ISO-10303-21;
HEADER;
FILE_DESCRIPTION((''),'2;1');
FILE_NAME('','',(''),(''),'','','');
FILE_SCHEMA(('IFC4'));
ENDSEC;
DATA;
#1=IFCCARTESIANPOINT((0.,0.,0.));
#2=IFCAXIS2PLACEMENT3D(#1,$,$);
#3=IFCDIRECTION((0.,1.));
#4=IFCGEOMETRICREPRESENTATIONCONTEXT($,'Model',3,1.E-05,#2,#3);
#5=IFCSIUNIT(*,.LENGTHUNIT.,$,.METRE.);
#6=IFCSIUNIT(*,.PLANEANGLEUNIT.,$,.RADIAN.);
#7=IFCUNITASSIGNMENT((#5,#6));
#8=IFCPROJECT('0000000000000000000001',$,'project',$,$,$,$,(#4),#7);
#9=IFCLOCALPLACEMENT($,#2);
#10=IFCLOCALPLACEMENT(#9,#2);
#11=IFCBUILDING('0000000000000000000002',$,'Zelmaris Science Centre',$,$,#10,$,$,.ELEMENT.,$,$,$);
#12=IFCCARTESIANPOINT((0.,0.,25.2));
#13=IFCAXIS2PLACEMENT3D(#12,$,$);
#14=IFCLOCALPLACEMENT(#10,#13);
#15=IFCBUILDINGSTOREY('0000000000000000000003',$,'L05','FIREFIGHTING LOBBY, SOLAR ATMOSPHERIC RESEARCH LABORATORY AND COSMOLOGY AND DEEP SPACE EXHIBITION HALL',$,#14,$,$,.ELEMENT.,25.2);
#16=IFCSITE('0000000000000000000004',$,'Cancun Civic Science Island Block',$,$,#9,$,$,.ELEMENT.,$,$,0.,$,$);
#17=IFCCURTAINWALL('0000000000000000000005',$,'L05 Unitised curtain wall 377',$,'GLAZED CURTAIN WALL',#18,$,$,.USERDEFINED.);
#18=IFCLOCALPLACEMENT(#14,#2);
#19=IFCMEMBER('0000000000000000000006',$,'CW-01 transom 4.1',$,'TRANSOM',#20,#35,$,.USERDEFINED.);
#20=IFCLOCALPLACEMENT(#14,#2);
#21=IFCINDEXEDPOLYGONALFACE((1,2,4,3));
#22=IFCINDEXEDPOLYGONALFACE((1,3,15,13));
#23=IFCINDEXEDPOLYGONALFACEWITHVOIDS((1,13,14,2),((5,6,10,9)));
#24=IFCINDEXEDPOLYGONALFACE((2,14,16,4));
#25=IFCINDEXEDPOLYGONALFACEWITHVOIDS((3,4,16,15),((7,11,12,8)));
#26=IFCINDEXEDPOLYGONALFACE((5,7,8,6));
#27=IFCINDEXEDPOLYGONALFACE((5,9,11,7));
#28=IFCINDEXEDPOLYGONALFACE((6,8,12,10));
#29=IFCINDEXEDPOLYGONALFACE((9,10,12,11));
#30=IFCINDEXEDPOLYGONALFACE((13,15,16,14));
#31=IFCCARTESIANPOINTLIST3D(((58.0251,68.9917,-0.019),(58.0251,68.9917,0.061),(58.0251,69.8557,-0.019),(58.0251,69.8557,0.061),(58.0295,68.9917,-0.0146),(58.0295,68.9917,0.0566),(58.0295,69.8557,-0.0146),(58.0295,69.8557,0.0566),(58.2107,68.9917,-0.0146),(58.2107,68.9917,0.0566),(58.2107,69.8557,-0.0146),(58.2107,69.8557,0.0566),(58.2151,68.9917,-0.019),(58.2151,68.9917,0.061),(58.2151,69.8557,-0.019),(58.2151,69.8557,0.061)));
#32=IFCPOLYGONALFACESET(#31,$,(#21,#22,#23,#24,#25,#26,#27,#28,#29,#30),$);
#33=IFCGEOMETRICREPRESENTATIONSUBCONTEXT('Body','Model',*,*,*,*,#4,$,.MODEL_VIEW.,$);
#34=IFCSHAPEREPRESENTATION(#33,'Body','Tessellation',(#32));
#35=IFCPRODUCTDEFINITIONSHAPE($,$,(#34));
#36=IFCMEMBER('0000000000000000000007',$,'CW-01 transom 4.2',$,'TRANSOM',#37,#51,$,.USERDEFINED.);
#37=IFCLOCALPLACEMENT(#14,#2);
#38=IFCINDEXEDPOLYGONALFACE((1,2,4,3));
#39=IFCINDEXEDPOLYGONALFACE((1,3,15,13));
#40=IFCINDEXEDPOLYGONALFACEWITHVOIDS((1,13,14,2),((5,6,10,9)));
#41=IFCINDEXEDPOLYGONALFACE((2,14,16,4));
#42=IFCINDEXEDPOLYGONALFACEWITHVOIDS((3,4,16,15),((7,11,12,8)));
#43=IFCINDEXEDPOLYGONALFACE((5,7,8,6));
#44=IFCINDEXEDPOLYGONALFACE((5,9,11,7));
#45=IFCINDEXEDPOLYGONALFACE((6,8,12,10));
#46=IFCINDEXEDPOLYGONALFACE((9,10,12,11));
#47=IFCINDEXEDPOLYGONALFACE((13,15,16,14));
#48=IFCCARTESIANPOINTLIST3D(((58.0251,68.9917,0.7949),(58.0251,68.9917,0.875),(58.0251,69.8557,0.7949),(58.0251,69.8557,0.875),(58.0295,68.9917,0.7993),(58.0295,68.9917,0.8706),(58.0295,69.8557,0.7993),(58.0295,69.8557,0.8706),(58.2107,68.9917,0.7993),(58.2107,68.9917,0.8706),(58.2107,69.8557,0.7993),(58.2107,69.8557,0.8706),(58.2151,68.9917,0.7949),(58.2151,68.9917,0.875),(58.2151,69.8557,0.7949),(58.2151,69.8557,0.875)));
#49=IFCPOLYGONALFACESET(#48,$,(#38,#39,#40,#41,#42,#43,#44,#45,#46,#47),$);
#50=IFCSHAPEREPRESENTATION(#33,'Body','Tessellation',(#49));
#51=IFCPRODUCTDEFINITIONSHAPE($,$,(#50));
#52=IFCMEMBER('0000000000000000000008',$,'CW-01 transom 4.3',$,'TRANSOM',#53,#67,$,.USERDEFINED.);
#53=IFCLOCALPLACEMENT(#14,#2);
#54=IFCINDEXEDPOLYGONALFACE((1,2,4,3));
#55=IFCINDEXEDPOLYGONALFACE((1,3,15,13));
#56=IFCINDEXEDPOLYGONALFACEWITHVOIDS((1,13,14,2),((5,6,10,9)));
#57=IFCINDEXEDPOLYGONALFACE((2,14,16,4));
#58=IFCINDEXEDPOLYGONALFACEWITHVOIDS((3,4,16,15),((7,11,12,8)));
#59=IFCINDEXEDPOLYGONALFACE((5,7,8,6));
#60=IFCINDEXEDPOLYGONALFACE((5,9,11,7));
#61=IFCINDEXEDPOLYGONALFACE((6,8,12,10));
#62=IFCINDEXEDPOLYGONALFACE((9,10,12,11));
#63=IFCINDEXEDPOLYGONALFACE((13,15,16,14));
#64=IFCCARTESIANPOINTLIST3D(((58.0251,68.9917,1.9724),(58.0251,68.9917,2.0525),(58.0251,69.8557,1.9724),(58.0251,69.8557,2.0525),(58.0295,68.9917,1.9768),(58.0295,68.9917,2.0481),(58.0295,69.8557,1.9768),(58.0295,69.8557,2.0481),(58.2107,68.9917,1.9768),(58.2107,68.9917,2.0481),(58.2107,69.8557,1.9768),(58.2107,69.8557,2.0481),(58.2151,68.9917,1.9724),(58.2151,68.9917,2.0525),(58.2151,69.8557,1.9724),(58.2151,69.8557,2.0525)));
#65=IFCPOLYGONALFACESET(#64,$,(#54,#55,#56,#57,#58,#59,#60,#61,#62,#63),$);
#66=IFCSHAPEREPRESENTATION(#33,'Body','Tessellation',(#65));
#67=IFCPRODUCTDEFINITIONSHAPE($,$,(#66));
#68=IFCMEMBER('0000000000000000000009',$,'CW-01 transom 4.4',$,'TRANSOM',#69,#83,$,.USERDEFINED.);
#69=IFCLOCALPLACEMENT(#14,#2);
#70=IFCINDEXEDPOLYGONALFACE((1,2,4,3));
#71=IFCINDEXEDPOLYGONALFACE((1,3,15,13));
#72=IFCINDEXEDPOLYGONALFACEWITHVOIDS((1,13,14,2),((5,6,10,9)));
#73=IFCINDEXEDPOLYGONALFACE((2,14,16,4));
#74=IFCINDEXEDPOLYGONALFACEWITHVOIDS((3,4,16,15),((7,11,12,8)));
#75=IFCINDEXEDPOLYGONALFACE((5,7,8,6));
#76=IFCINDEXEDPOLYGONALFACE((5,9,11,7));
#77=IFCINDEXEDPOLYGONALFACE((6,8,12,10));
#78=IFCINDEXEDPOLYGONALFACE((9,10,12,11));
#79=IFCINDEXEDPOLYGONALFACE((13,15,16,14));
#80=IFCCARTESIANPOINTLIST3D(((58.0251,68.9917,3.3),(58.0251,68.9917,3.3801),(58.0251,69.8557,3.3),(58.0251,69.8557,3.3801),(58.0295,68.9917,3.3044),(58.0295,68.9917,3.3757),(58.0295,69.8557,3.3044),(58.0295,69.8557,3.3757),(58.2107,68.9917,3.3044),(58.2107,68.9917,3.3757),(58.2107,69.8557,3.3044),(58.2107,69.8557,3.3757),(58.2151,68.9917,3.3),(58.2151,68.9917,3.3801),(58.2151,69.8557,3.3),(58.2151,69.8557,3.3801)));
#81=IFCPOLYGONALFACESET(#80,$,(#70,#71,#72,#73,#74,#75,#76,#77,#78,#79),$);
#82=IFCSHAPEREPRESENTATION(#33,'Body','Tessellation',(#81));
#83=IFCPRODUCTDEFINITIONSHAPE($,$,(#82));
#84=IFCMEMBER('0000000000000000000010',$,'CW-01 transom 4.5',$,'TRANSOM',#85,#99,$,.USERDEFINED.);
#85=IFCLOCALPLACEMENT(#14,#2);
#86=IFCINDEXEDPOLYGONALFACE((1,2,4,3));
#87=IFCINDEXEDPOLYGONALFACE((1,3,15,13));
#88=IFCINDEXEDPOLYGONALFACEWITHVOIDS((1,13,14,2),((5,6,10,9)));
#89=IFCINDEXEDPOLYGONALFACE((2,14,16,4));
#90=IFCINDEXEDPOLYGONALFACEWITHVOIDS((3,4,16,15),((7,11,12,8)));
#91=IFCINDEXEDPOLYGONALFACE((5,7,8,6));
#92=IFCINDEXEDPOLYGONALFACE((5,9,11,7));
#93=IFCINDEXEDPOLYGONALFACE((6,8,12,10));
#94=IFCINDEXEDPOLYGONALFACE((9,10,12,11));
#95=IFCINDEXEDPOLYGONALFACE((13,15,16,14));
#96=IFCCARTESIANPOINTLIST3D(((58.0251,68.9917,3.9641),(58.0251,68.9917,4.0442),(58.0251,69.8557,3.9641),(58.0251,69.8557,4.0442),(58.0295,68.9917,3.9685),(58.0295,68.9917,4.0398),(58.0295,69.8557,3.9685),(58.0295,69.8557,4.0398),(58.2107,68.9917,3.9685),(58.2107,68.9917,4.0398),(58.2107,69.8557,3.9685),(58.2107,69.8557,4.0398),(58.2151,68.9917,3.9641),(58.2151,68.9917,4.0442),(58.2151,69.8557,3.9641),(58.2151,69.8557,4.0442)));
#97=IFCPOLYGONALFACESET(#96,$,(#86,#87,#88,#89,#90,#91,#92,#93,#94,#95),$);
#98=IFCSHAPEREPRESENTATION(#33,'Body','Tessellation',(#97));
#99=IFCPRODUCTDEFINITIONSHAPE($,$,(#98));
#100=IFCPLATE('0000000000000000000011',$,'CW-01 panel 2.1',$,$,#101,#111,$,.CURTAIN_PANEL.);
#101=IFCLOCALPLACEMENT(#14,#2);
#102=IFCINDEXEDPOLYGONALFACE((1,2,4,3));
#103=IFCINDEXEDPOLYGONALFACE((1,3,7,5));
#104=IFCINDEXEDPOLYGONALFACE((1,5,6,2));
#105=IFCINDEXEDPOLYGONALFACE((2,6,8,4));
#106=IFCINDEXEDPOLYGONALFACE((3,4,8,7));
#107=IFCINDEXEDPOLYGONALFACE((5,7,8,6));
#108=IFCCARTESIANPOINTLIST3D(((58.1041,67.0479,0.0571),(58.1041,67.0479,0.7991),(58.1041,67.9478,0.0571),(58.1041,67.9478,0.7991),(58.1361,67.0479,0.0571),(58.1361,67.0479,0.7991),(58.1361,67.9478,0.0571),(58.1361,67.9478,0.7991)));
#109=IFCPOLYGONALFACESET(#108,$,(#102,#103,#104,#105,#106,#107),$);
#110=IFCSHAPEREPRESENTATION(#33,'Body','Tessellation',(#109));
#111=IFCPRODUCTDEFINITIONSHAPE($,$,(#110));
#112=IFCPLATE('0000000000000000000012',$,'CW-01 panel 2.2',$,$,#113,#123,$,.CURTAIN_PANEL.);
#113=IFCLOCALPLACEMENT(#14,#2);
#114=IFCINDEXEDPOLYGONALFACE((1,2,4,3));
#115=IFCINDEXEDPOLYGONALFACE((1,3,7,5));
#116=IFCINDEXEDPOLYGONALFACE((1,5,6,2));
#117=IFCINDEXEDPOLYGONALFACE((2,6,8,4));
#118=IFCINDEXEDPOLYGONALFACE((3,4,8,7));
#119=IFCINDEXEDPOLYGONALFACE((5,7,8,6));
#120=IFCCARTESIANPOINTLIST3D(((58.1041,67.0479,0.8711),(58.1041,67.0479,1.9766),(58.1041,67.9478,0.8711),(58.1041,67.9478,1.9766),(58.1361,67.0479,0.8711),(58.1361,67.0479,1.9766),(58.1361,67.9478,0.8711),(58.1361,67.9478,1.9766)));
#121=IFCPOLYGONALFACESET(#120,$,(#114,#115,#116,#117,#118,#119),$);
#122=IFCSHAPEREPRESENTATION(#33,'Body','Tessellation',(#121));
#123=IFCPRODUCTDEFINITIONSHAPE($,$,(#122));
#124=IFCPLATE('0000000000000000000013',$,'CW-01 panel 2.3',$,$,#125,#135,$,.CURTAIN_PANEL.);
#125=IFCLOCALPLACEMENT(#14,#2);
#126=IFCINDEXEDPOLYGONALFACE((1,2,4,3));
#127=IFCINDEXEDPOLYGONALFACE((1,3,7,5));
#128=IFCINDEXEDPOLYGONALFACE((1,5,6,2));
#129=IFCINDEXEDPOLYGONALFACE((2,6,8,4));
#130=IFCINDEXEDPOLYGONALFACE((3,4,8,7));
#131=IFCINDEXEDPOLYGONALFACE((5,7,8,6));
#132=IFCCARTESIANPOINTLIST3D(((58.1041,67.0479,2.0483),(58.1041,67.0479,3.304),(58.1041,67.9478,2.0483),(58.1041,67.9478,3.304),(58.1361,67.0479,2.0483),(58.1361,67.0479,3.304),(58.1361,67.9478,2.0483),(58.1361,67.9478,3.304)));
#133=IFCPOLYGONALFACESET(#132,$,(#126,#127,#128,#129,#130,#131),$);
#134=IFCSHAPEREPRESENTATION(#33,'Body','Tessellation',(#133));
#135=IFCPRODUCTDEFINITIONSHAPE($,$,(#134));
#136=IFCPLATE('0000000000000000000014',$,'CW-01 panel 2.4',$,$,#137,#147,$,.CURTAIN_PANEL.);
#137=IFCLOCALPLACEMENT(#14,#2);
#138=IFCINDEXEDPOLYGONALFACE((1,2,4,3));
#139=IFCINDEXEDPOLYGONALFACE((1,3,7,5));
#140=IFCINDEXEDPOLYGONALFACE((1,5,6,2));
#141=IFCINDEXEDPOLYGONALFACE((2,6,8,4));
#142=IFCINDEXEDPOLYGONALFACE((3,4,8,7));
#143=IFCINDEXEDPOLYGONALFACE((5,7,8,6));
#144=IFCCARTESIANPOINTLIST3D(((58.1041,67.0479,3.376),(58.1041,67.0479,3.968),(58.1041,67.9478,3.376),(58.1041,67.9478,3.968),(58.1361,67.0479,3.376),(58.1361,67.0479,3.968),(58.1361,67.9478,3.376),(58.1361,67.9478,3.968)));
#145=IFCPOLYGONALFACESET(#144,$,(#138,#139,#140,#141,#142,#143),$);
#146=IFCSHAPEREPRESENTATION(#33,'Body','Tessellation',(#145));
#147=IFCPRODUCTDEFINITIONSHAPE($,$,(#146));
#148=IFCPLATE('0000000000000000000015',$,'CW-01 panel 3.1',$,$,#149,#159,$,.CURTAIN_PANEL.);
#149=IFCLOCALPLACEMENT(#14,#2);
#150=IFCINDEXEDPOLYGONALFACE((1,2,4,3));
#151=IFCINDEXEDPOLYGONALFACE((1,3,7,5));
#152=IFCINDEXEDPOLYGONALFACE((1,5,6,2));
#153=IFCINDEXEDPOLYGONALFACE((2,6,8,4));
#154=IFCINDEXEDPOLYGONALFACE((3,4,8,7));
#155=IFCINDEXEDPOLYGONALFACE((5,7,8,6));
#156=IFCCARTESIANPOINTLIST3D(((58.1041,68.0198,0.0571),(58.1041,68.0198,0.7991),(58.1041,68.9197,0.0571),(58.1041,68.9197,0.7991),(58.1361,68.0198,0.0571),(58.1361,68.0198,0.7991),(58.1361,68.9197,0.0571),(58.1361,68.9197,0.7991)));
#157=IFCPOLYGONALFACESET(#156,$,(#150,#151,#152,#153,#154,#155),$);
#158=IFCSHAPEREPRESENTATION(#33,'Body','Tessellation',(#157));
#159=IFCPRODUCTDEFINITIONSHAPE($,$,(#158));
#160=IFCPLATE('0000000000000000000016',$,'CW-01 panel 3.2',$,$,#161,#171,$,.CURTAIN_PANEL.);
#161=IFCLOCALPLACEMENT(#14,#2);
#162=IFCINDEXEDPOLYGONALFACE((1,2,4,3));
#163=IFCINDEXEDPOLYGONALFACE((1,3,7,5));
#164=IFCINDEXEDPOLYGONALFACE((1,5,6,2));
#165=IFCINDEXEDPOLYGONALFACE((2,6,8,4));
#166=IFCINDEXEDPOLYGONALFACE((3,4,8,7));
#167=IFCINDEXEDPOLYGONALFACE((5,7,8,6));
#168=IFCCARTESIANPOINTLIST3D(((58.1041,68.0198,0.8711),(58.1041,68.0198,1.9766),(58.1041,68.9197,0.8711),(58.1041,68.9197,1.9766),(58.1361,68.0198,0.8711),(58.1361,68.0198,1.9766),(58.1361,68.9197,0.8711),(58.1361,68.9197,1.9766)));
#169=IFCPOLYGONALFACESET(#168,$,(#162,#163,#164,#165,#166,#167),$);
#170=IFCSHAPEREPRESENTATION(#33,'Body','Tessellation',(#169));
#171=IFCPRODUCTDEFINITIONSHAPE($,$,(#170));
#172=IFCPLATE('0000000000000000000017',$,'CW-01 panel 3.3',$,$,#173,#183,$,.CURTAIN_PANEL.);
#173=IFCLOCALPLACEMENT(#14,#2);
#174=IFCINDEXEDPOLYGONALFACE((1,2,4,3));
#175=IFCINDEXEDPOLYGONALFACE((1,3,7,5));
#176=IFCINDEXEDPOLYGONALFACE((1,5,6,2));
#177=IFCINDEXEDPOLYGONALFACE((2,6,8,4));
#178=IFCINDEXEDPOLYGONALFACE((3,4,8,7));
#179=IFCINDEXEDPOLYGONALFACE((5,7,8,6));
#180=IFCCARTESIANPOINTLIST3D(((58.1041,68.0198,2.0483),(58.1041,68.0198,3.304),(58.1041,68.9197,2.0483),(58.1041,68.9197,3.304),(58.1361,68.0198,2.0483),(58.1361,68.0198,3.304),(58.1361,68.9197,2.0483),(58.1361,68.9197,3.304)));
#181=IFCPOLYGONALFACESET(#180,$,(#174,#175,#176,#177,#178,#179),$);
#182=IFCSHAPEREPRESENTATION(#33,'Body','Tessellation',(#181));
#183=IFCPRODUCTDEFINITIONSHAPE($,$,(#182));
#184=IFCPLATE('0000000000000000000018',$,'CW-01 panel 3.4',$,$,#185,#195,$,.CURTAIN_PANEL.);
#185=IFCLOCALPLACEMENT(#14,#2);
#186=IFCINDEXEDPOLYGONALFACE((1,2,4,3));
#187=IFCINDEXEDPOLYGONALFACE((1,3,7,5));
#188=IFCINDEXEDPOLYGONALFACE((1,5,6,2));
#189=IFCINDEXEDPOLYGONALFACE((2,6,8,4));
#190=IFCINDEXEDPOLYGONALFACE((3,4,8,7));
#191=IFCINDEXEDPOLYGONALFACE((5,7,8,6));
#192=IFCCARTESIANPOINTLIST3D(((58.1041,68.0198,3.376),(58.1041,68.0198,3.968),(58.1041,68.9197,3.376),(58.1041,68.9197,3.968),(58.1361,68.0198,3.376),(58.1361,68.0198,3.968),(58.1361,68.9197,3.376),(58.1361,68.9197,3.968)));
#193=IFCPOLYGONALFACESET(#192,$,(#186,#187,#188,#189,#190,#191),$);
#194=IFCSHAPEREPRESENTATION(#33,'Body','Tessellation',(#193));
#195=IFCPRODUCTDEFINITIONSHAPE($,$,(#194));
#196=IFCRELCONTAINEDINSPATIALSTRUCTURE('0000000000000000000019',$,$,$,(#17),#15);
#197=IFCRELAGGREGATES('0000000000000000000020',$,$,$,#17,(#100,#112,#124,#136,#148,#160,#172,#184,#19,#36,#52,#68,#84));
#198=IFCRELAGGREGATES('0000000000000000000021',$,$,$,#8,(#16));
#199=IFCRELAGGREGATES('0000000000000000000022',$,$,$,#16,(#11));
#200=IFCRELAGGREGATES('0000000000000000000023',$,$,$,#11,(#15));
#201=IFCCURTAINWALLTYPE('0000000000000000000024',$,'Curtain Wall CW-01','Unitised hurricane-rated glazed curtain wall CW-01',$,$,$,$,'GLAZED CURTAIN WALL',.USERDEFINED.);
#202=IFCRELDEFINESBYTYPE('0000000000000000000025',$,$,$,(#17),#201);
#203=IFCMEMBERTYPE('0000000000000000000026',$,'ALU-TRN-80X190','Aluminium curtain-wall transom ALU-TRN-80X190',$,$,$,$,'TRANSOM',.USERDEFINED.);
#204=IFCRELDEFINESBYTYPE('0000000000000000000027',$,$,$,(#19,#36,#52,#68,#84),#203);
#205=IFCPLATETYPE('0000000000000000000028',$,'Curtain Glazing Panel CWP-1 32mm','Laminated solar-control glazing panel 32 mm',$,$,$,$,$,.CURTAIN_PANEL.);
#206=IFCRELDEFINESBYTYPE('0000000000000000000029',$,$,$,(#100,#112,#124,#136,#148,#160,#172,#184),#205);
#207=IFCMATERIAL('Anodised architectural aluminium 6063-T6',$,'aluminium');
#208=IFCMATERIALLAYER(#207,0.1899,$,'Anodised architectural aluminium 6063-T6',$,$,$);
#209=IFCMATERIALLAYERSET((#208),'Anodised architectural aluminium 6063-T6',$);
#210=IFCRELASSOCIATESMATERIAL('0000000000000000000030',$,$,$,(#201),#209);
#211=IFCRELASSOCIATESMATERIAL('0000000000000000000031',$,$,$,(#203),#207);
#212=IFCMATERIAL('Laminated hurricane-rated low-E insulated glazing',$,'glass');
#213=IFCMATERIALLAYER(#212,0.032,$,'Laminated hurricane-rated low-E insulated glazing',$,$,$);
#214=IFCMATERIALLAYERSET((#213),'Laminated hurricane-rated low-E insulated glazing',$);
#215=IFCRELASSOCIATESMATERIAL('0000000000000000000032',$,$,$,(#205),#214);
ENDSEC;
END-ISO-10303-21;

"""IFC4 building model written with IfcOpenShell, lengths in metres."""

from ifc_helpers import new_model, si_unit, direction, frame, origin, origin_2d, place, context, subcontext, project, spatial, rectangle, hollow_rectangle, extrude, material, layer, layer_set, material_profile, profile_set, type_object, element, aggregate, save


model = new_model("IFC4")

# Units and contexts
model_context = context("Model", 3, precision=1e-05, world=origin(), true_north=direction((0.0, 1.0)))
body_context = subcontext(model_context, "Body", "Model", "MODEL_VIEW")
ifc_project = project(units=[si_unit("LENGTHUNIT", "METRE"), si_unit("PLANEANGLEUNIT", "RADIAN")], contexts=[model_context])

# Site, building, storey
site_placement = place(None, origin())
site = spatial("IfcSite", under=ifc_project, at=site_placement, Name="Cancun Civic Science Island Block", CompositionType="ELEMENT", RefElevation=0.0)
building_placement = place(site_placement, origin())
building = spatial("IfcBuilding", under=site, at=building_placement, Name="Zelmaris Science Centre", CompositionType="ELEMENT")
storey_placement = place(building_placement, frame((0.0, 0.0, 25.2)))
storey = spatial("IfcBuildingStorey", under=building, at=storey_placement, Name="L05", Description="FIREFIGHTING LOBBY, SOLAR ATMOSPHERIC RESEARCH LABORATORY AND COSMOLOGY AND DEEP SPACE EXHIBITION HALL", CompositionType="ELEMENT", Elevation=25.2)

# Curtain wall, members, plates
ifc_material_1 = material(Name="Anodised architectural aluminium 6063-T6", Category="aluminium")
ifc_layer_1 = layer(ifc_material_1, 0.1899, Name="Anodised architectural aluminium 6063-T6")
ifc_layer_set_1 = layer_set([ifc_layer_1], Name="Anodised architectural aluminium 6063-T6")
curtain_wall_type = type_object("IfcCurtainWallType", Name="Curtain Wall CW-01", Description="Unitised hurricane-rated glazed curtain wall CW-01", ElementType="GLAZED CURTAIN WALL", PredefinedType="USERDEFINED", material=ifc_layer_set_1)
curtain_wall_placement = place(storey_placement, origin())
curtain_wall = element("IfcCurtainWall", 1, at=curtain_wall_placement, inside=storey, type_object=curtain_wall_type, Name="L05 Unitised curtain wall 377", ObjectType="GLAZED CURTAIN WALL", PredefinedType="USERDEFINED")
ifc_material_profile_1 = material_profile(ifc_material_1, hollow_rectangle(XDim=0.0801, YDim=0.1899, WallThickness=0.0044, at=origin_2d()), Name="ALU-TRN-80X190")
ifc_profile_set_1 = profile_set([ifc_material_profile_1], Name="Anodised architectural aluminium 6063-T6")
member_type_1 = type_object("IfcMemberType", Name="ALU-TRN-80X190", Description="Aluminium curtain-wall transom ALU-TRN-80X190", ElementType="TRANSOM", PredefinedType="USERDEFINED", material=ifc_profile_set_1)
member_1_placement = place(storey_placement, frame((58.1201, 68.9917, 0.021), z_axis=(0.0, 1.0, 0.0), x_axis=(0.0, 0.0, 1.0)))
member_1 = element("IfcMember", 2, at=member_1_placement, type_object=member_type_1, Name="CW-01 transom 4.1", ObjectType="TRANSOM", PredefinedType="USERDEFINED", context=body_context, shape_type="SweptSolid", body=[
    extrude(hollow_rectangle(XDim=0.0801, YDim=0.1899, WallThickness=0.0044, at=origin_2d()), origin(), (0.0, 0.0, 1.0), 0.864),
])
member_2_placement = place(storey_placement, frame((58.1201, 68.9917, 0.835), z_axis=(0.0, 1.0, 0.0), x_axis=(0.0, 0.0, 1.0)))
member_2 = element("IfcMember", 3, at=member_2_placement, type_object=member_type_1, Name="CW-01 transom 4.2", ObjectType="TRANSOM", PredefinedType="USERDEFINED", context=body_context, shape_type="SweptSolid", body=[
    extrude(hollow_rectangle(XDim=0.0801, YDim=0.1899, WallThickness=0.0044, at=origin_2d()), origin(), (0.0, 0.0, 1.0), 0.864),
])
member_3_placement = place(storey_placement, frame((58.1201, 68.9917, 2.0125), z_axis=(0.0, 1.0, 0.0), x_axis=(0.0, 0.0, 1.0)))
member_3 = element("IfcMember", 4, at=member_3_placement, type_object=member_type_1, Name="CW-01 transom 4.3", ObjectType="TRANSOM", PredefinedType="USERDEFINED", context=body_context, shape_type="SweptSolid", body=[
    extrude(hollow_rectangle(XDim=0.0801, YDim=0.1899, WallThickness=0.0044, at=origin_2d()), origin(), (0.0, 0.0, 1.0), 0.864),
])
member_4_placement = place(storey_placement, frame((58.1201, 68.9917, 3.3401), z_axis=(0.0, 1.0, 0.0), x_axis=(0.0, 0.0, 1.0)))
member_4 = element("IfcMember", 5, at=member_4_placement, type_object=member_type_1, Name="CW-01 transom 4.4", ObjectType="TRANSOM", PredefinedType="USERDEFINED", context=body_context, shape_type="SweptSolid", body=[
    extrude(hollow_rectangle(XDim=0.0801, YDim=0.1899, WallThickness=0.0044, at=origin_2d()), origin(), (0.0, 0.0, 1.0), 0.864),
])
member_5_placement = place(storey_placement, frame((58.1201, 68.9917, 4.0042), z_axis=(0.0, 1.0, 0.0), x_axis=(0.0, 0.0, 1.0)))
member_5 = element("IfcMember", 6, at=member_5_placement, type_object=member_type_1, Name="CW-01 transom 4.5", ObjectType="TRANSOM", PredefinedType="USERDEFINED", context=body_context, shape_type="SweptSolid", body=[
    extrude(hollow_rectangle(XDim=0.0801, YDim=0.1899, WallThickness=0.0044, at=origin_2d()), origin(), (0.0, 0.0, 1.0), 0.864),
])
ifc_material_2 = material(Name="Laminated hurricane-rated low-E insulated glazing", Category="glass")
ifc_layer_2 = layer(ifc_material_2, 0.032, Name="Laminated hurricane-rated low-E insulated glazing")
ifc_layer_set_2 = layer_set([ifc_layer_2], Name="Laminated hurricane-rated low-E insulated glazing")
plate_type = type_object("IfcPlateType", Name="Curtain Glazing Panel CWP-1 32mm", Description="Laminated solar-control glazing panel 32 mm", PredefinedType="CURTAIN_PANEL", material=ifc_layer_set_2)
plate_1_placement = place(storey_placement, frame((58.1201, 67.4978, 0.0571), z_axis=(0.0, 0.0, 1.0), x_axis=(0.0, 1.0, 0.0)))
plate_1 = element("IfcPlate", 7, at=plate_1_placement, type_object=plate_type, Name="CW-01 panel 2.1", PredefinedType="CURTAIN_PANEL", context=body_context, shape_type="SweptSolid", body=[
    extrude(rectangle(XDim=0.8999, YDim=0.032, at=origin_2d()), origin(), (0.0, 0.0, 1.0), 0.7419),
])
plate_2_placement = place(storey_placement, frame((58.1201, 67.4978, 0.8711), z_axis=(0.0, 0.0, 1.0), x_axis=(0.0, 1.0, 0.0)))
plate_2 = element("IfcPlate", 8, at=plate_2_placement, type_object=plate_type, Name="CW-01 panel 2.2", PredefinedType="CURTAIN_PANEL", context=body_context, shape_type="SweptSolid", body=[
    extrude(rectangle(XDim=0.8999, YDim=0.032, at=origin_2d()), origin(), (0.0, 0.0, 1.0), 1.1055),
])
plate_3_placement = place(storey_placement, frame((58.1201, 67.4978, 2.0483), z_axis=(0.0, 0.0, 1.0), x_axis=(0.0, 1.0, 0.0)))
plate_3 = element("IfcPlate", 9, at=plate_3_placement, type_object=plate_type, Name="CW-01 panel 2.3", PredefinedType="CURTAIN_PANEL", context=body_context, shape_type="SweptSolid", body=[
    extrude(rectangle(XDim=0.8999, YDim=0.032, at=origin_2d()), origin(), (0.0, 0.0, 1.0), 1.2556),
])
plate_4_placement = place(storey_placement, frame((58.1201, 67.4978, 3.376), z_axis=(0.0, 0.0, 1.0), x_axis=(0.0, 1.0, 0.0)))
plate_4 = element("IfcPlate", 10, at=plate_4_placement, type_object=plate_type, Name="CW-01 panel 2.4", PredefinedType="CURTAIN_PANEL", context=body_context, shape_type="SweptSolid", body=[
    extrude(rectangle(XDim=0.8999, YDim=0.032, at=origin_2d()), origin(), (0.0, 0.0, 1.0), 0.592),
])
plate_5_placement = place(storey_placement, frame((58.1201, 68.4697, 0.0571), z_axis=(0.0, 0.0, 1.0), x_axis=(0.0, 1.0, 0.0)))
plate_5 = element("IfcPlate", 11, at=plate_5_placement, type_object=plate_type, Name="CW-01 panel 3.1", PredefinedType="CURTAIN_PANEL", context=body_context, shape_type="SweptSolid", body=[
    extrude(rectangle(XDim=0.8999, YDim=0.032, at=origin_2d()), origin(), (0.0, 0.0, 1.0), 0.7419),
])
plate_6_placement = place(storey_placement, frame((58.1201, 68.4697, 0.8711), z_axis=(0.0, 0.0, 1.0), x_axis=(0.0, 1.0, 0.0)))
plate_6 = element("IfcPlate", 12, at=plate_6_placement, type_object=plate_type, Name="CW-01 panel 3.2", PredefinedType="CURTAIN_PANEL", context=body_context, shape_type="SweptSolid", body=[
    extrude(rectangle(XDim=0.8999, YDim=0.032, at=origin_2d()), origin(), (0.0, 0.0, 1.0), 1.1055),
])
plate_7_placement = place(storey_placement, frame((58.1201, 68.4697, 2.0483), z_axis=(0.0, 0.0, 1.0), x_axis=(0.0, 1.0, 0.0)))
plate_7 = element("IfcPlate", 13, at=plate_7_placement, type_object=plate_type, Name="CW-01 panel 3.3", PredefinedType="CURTAIN_PANEL", context=body_context, shape_type="SweptSolid", body=[
    extrude(rectangle(XDim=0.8999, YDim=0.032, at=origin_2d()), origin(), (0.0, 0.0, 1.0), 1.2556),
])
plate_8_placement = place(storey_placement, frame((58.1201, 68.4697, 3.376), z_axis=(0.0, 0.0, 1.0), x_axis=(0.0, 1.0, 0.0)))
plate_8 = element("IfcPlate", 14, at=plate_8_placement, type_object=plate_type, Name="CW-01 panel 3.4", PredefinedType="CURTAIN_PANEL", context=body_context, shape_type="SweptSolid", body=[
    extrude(rectangle(XDim=0.8999, YDim=0.032, at=origin_2d()), origin(), (0.0, 0.0, 1.0), 0.592),
])
aggregate(curtain_wall, [plate_1, plate_2, plate_3, plate_4, plate_5, plate_6, plate_7, plate_8, member_1, member_2, member_3, member_4, member_5])

save(model, "model.ifc")
